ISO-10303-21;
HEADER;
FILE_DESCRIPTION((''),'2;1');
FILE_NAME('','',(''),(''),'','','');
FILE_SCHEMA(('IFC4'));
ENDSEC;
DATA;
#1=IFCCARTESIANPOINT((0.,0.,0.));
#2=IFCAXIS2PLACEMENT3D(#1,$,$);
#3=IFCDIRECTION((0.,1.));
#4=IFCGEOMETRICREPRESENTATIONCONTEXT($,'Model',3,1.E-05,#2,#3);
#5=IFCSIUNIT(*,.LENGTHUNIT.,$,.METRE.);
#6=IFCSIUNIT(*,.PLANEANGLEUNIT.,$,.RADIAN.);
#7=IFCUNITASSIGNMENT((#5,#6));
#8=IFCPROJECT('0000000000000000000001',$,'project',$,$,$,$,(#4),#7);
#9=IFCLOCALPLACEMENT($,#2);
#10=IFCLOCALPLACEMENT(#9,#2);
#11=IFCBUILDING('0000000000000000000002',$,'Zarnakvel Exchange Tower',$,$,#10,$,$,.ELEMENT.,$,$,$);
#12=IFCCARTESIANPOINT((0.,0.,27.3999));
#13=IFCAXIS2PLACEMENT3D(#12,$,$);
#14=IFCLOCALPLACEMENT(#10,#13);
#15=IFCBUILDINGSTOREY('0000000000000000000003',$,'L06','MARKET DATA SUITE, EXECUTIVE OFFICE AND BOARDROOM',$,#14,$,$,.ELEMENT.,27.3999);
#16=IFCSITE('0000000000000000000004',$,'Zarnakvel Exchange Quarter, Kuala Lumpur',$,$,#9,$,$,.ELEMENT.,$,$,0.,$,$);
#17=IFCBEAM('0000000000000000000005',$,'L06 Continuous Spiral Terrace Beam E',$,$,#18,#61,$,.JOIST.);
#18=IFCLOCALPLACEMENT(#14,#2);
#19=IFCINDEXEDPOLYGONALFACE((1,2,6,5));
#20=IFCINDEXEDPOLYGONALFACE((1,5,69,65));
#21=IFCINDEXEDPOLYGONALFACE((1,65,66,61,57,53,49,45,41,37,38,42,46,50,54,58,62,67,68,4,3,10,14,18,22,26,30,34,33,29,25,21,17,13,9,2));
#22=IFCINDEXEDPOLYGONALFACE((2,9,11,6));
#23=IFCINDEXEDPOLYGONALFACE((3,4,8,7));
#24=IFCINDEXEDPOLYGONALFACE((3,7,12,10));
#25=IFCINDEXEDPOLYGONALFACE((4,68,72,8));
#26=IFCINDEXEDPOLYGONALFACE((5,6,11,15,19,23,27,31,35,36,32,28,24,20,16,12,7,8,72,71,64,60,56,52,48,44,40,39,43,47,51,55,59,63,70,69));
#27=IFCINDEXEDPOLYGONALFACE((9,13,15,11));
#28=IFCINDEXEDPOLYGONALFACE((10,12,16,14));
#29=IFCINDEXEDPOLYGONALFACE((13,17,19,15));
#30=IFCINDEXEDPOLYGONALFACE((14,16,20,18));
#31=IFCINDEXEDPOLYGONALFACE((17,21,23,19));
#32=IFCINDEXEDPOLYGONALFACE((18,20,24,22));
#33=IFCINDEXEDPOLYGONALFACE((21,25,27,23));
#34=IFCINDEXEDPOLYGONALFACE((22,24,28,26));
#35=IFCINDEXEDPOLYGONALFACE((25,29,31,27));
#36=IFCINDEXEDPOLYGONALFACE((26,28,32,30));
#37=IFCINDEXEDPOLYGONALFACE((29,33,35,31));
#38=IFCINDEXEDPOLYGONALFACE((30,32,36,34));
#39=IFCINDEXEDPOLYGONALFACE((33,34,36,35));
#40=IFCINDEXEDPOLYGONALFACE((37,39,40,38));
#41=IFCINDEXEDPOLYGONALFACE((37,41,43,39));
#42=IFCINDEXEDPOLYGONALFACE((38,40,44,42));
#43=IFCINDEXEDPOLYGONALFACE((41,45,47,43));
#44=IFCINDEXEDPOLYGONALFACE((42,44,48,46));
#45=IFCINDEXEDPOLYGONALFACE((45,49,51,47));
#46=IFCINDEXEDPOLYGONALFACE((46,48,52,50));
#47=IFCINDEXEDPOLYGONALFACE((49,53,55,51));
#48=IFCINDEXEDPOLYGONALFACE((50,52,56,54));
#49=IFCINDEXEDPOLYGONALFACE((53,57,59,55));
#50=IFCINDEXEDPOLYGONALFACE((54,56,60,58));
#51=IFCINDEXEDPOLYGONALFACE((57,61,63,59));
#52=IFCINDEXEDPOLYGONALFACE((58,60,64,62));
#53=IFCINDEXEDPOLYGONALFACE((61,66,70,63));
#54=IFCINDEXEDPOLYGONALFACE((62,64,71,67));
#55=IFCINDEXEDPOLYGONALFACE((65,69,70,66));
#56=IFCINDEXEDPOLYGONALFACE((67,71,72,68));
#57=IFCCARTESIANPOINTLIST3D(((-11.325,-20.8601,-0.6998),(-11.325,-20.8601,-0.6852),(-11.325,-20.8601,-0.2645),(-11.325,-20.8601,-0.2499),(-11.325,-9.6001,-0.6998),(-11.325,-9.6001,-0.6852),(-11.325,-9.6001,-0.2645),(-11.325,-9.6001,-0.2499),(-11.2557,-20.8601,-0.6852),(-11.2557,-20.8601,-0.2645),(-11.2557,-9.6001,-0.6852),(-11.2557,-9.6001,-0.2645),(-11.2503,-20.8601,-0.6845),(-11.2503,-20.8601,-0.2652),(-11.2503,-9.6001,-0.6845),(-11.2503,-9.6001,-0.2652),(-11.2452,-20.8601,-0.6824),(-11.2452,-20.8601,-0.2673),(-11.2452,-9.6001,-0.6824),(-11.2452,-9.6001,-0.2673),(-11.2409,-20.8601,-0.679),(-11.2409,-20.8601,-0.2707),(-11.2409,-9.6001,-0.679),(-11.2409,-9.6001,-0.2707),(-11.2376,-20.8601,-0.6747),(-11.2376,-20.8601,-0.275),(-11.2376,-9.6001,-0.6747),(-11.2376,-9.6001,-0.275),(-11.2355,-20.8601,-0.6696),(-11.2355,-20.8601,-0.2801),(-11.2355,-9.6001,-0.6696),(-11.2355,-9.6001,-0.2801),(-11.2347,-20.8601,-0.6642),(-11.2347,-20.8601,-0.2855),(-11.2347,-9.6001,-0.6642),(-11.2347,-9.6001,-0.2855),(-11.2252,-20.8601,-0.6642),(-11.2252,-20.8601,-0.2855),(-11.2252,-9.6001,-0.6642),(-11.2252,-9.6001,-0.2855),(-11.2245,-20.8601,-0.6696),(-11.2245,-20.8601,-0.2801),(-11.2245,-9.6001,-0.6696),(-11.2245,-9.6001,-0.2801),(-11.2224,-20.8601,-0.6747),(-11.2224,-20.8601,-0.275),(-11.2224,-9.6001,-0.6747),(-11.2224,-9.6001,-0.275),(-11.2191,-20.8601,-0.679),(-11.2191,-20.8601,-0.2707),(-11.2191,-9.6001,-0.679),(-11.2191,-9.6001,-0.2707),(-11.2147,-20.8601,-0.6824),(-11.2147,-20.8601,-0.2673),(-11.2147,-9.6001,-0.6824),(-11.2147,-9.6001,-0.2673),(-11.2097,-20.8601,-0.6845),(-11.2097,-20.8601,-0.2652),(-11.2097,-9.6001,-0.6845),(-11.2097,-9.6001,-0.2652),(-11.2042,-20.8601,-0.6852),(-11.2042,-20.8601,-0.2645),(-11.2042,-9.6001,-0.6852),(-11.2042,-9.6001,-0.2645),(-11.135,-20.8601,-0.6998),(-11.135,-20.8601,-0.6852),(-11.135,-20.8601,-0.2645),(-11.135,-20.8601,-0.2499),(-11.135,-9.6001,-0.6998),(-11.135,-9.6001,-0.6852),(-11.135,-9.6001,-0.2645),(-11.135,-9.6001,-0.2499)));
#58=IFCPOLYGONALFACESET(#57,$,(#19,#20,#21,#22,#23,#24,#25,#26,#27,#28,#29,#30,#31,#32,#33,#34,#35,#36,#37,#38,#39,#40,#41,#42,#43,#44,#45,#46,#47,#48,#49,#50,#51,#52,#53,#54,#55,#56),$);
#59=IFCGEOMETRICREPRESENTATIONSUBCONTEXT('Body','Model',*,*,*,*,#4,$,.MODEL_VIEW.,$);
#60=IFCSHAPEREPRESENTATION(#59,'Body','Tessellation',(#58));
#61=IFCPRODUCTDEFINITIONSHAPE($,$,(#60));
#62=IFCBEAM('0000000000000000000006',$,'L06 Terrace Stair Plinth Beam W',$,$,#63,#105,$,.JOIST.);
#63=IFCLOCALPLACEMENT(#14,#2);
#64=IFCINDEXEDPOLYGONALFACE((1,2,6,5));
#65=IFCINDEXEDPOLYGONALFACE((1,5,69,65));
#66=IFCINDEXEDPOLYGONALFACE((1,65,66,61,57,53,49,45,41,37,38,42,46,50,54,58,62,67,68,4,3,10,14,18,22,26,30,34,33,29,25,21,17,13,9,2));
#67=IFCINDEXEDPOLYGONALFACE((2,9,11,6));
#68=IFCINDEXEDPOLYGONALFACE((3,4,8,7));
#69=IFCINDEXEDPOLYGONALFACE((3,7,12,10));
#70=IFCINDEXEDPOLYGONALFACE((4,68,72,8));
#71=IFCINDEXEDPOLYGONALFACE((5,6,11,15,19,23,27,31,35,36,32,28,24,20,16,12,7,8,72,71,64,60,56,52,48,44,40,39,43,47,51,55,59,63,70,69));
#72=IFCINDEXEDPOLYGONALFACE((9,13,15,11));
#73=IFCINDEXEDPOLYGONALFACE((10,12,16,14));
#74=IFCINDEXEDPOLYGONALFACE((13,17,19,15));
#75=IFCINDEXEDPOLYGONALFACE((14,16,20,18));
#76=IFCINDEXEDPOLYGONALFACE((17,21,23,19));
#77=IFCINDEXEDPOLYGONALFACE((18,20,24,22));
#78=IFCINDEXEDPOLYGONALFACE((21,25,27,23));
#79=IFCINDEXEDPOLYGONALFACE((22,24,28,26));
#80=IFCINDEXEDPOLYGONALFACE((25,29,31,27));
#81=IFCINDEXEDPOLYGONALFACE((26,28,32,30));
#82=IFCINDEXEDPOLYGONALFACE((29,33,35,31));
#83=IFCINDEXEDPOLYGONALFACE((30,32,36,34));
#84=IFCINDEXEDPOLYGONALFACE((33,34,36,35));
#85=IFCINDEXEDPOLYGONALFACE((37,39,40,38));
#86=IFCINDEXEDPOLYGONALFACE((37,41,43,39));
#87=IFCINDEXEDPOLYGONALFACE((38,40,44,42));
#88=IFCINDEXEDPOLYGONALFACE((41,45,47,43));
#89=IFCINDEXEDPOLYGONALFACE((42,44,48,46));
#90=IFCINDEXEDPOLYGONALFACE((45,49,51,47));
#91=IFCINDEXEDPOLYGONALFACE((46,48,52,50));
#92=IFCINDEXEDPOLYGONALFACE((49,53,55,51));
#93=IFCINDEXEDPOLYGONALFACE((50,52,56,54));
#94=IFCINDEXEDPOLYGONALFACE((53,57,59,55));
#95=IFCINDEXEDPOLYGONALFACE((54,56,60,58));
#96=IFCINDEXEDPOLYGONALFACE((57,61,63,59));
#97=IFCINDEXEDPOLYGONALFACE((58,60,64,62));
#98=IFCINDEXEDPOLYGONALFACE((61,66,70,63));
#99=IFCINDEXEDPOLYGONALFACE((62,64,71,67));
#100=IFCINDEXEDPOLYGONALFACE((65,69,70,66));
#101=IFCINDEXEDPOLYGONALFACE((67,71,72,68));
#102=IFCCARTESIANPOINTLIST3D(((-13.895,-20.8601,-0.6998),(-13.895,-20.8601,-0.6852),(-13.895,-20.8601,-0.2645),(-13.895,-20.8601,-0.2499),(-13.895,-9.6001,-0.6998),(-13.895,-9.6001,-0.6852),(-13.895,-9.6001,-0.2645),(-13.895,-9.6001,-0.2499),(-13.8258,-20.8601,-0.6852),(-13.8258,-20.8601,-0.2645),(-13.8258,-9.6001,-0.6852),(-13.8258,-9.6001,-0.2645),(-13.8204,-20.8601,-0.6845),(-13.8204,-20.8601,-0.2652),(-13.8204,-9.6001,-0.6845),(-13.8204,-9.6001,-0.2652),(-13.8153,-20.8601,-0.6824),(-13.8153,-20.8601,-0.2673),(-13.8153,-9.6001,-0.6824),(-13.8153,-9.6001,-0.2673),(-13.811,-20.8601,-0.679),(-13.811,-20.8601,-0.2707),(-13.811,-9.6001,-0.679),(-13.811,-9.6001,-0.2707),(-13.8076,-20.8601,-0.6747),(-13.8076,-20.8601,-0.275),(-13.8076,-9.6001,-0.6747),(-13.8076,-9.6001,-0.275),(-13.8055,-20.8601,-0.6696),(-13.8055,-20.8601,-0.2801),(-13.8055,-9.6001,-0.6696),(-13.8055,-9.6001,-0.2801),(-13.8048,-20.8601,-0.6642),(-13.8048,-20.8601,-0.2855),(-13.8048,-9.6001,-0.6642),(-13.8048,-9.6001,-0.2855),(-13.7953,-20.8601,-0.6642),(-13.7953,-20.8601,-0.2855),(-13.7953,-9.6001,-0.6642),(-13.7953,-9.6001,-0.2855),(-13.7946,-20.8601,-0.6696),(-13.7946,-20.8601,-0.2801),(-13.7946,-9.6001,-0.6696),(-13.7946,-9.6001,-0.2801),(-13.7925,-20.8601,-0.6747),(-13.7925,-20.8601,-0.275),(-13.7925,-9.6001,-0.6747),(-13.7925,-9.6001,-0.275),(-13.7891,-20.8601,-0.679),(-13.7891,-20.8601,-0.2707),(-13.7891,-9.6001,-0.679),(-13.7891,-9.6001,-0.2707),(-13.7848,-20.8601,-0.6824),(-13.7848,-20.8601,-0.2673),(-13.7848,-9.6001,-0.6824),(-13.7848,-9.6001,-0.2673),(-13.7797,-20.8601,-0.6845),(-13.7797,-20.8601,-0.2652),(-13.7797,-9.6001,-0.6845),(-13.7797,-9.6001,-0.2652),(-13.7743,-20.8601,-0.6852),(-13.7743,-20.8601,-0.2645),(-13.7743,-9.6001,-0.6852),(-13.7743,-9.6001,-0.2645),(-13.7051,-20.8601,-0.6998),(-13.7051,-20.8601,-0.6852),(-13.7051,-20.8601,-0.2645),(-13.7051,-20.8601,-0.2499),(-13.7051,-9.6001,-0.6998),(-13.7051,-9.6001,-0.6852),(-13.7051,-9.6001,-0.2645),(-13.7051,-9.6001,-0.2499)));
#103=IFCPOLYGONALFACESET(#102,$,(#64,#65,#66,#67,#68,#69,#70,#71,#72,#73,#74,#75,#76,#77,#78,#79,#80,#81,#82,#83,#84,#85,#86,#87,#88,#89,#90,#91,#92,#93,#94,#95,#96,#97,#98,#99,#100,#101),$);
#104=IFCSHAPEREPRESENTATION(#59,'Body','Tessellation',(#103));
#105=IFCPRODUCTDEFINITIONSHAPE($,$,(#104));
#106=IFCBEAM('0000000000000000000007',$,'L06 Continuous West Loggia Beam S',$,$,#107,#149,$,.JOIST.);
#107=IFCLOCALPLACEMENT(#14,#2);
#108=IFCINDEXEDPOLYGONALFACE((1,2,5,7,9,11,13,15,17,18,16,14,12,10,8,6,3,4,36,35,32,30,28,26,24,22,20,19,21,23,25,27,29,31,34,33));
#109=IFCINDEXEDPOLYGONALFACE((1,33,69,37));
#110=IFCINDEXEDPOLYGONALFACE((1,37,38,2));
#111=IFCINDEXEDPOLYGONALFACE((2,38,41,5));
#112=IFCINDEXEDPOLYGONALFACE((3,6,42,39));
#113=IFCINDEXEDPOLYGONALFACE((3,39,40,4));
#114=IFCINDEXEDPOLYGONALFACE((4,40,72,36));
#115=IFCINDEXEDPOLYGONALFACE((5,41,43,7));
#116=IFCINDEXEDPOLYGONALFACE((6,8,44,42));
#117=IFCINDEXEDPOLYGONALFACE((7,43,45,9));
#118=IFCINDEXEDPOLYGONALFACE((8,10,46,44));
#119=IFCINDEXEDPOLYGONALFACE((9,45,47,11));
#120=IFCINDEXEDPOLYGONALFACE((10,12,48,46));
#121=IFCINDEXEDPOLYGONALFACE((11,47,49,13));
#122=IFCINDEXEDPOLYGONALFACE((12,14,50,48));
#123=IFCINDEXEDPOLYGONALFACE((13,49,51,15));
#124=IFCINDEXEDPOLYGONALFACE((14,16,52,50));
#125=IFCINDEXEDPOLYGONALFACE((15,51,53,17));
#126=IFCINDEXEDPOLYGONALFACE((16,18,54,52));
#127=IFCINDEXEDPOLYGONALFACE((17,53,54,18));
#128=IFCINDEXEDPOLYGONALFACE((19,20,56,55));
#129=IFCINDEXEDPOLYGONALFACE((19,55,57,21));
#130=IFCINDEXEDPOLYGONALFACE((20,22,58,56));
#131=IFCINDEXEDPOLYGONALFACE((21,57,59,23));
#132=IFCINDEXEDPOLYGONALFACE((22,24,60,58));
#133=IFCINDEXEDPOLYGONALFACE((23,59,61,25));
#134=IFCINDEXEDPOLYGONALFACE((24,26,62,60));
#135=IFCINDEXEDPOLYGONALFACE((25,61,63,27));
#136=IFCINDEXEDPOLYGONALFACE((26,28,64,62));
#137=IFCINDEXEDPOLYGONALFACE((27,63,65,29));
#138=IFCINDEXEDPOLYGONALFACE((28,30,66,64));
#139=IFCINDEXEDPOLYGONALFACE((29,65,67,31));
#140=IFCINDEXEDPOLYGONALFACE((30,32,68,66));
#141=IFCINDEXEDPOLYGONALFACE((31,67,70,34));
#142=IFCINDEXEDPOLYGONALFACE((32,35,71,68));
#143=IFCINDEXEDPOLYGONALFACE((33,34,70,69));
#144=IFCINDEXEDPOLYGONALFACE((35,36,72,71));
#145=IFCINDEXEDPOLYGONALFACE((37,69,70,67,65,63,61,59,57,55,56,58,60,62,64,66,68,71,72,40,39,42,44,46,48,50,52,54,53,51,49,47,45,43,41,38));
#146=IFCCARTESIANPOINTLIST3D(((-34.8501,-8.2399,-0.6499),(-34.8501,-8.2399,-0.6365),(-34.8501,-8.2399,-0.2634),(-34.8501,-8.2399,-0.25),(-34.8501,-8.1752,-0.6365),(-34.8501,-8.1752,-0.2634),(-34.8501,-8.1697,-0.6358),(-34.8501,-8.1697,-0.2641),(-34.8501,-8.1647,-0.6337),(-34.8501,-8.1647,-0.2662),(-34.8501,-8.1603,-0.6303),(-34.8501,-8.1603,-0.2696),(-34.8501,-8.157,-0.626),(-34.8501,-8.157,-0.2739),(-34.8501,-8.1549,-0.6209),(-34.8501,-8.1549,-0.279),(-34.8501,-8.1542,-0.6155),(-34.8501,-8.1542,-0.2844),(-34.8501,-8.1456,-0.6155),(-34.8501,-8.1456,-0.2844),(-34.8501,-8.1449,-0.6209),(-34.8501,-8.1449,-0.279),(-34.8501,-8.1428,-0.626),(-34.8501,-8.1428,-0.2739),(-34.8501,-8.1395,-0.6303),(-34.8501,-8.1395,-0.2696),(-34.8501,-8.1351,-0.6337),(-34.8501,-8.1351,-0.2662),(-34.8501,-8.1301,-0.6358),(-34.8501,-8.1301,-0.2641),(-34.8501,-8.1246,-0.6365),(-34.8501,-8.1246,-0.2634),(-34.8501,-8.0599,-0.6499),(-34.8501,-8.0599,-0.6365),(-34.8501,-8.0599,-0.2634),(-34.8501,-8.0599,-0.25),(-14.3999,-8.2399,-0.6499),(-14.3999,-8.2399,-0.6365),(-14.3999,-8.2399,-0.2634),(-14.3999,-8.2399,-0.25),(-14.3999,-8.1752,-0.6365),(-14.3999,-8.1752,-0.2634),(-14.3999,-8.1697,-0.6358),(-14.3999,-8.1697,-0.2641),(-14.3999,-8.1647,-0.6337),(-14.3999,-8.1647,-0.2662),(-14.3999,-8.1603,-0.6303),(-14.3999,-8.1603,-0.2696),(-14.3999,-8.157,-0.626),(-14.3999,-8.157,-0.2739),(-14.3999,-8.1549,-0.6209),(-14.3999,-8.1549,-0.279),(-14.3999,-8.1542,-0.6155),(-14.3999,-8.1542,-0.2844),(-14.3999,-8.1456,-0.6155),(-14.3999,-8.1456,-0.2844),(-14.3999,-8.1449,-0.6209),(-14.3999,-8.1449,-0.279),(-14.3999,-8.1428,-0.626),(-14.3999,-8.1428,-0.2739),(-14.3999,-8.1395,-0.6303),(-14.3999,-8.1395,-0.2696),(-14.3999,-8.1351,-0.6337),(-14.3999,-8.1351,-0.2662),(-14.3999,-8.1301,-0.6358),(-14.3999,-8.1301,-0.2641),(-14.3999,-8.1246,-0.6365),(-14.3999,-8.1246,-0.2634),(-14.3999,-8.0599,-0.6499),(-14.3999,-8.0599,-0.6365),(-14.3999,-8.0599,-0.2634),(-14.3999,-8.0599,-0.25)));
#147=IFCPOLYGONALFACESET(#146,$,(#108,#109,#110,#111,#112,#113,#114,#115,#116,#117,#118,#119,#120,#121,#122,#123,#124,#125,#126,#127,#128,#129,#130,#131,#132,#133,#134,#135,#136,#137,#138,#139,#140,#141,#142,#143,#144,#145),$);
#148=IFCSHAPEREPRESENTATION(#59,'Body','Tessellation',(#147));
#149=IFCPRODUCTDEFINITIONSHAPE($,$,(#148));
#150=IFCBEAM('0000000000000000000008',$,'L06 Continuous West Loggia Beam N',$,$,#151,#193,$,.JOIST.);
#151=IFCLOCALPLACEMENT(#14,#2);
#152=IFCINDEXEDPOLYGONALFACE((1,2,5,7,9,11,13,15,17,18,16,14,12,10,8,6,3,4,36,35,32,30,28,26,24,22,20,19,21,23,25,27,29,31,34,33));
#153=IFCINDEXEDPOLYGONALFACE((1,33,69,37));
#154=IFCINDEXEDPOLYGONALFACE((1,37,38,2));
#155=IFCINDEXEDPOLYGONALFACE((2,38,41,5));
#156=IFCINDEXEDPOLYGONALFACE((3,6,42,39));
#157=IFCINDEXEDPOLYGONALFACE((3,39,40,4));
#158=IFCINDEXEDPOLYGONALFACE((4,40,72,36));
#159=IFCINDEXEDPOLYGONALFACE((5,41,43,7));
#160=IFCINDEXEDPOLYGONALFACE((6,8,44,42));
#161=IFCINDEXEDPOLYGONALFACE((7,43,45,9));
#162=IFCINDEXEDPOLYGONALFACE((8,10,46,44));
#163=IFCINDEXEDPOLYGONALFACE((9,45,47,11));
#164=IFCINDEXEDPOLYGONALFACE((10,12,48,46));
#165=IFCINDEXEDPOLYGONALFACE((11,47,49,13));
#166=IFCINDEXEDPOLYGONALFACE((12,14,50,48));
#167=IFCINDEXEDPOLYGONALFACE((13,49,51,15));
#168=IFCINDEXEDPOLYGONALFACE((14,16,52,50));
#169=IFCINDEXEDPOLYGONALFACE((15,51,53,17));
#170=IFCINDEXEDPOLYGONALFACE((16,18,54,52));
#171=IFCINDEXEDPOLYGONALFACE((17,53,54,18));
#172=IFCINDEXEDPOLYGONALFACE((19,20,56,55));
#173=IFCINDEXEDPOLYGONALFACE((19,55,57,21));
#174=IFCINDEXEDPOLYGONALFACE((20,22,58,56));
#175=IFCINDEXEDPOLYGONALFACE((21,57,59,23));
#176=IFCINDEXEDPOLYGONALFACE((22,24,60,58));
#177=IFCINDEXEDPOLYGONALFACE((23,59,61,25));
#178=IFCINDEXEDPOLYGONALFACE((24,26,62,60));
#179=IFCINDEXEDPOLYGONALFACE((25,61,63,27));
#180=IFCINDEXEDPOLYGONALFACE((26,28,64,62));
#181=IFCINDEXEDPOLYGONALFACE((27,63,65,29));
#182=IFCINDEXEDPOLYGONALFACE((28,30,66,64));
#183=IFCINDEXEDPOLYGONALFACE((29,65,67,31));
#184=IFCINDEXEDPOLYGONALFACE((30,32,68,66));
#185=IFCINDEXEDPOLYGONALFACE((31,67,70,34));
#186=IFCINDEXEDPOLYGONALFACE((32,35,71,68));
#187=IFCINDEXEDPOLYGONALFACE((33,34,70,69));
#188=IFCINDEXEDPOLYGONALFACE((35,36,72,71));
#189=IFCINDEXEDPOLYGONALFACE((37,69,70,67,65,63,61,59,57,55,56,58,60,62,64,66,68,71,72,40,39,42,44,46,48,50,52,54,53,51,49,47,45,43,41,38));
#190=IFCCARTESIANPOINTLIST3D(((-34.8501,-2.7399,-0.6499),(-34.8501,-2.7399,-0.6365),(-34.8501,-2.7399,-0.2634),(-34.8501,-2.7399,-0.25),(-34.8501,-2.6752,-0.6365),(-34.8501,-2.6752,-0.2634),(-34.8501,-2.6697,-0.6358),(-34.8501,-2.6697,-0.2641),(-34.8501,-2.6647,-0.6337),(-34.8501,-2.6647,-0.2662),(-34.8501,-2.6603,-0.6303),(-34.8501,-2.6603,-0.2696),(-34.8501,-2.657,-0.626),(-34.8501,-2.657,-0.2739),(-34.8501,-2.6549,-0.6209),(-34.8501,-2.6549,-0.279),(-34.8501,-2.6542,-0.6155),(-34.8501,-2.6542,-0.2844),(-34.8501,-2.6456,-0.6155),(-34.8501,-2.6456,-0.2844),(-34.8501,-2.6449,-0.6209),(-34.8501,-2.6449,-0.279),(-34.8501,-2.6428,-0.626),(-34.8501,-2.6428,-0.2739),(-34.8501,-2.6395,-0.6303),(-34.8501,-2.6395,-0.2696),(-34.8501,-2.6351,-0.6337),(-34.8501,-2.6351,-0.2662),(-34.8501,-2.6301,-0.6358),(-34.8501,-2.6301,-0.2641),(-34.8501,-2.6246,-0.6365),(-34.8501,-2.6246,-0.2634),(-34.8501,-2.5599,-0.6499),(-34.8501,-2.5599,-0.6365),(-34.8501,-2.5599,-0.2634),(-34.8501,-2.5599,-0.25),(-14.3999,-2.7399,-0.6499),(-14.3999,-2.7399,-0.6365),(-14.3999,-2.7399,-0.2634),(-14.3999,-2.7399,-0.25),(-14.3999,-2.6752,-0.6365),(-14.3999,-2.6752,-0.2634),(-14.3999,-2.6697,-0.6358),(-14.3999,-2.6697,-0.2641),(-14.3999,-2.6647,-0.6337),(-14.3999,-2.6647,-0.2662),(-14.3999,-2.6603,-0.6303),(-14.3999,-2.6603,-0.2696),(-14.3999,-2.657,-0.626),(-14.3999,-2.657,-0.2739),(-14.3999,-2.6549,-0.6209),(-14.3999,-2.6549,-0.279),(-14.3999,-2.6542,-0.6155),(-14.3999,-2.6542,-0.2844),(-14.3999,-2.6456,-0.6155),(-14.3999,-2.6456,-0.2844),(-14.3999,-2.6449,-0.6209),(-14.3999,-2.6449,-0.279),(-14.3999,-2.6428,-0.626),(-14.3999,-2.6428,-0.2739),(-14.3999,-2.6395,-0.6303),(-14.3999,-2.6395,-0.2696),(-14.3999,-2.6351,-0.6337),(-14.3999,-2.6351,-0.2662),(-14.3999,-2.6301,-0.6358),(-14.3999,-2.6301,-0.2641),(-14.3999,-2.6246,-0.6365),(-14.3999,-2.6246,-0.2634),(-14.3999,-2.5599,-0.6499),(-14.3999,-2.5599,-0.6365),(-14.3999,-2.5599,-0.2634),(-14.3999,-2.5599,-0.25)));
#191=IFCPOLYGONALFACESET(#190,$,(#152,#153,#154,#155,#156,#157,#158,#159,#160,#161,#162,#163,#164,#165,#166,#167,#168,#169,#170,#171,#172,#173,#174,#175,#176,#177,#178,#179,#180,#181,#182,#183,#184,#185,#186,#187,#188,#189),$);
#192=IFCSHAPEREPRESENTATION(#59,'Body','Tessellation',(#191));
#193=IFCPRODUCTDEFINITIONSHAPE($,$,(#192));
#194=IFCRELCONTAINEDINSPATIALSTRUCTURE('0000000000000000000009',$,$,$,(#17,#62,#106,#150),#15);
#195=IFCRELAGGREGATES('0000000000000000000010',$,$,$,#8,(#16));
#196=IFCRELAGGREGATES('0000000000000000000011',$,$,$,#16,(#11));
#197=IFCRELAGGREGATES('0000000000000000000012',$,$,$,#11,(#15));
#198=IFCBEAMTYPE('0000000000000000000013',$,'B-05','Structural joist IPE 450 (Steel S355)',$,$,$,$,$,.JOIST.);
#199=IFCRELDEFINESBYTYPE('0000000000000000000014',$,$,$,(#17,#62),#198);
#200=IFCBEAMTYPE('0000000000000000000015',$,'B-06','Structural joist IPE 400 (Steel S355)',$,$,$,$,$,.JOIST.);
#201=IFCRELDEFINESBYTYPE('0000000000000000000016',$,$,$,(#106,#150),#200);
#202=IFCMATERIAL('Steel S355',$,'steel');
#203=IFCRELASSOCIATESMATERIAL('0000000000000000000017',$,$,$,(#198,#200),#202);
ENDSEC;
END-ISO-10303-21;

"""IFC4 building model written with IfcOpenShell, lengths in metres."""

from ifc_helpers import new_model, si_unit, direction, frame, origin, origin_2d, place, context, subcontext, project, spatial, i_section, extrude, material, material_profile, profile_set, type_object, element, save


model = new_model("IFC4")

# Units and contexts
model_context = context("Model", 3, precision=1e-05, world=origin(), true_north=direction((0.0, 1.0)))
body_context = subcontext(model_context, "Body", "Model", "MODEL_VIEW")
ifc_project = project(units=[si_unit("LENGTHUNIT", "METRE"), si_unit("PLANEANGLEUNIT", "RADIAN")], contexts=[model_context])

# Site, building, storey
site_placement = place(None, origin())
site = spatial("IfcSite", under=ifc_project, at=site_placement, Name="Zarnakvel Exchange Quarter, Kuala Lumpur", CompositionType="ELEMENT", RefElevation=0.0)
building_placement = place(site_placement, origin())
building = spatial("IfcBuilding", under=site, at=building_placement, Name="Zarnakvel Exchange Tower", CompositionType="ELEMENT")
storey_placement = place(building_placement, frame((0.0, 0.0, 27.3999)))
storey = spatial("IfcBuildingStorey", under=building, at=storey_placement, Name="L06", Description="MARKET DATA SUITE, EXECUTIVE OFFICE AND BOARDROOM", CompositionType="ELEMENT", Elevation=27.3999)

# Beams
ifc_material_1 = material(Name="Steel S355", Category="steel")
ifc_material_profile_1 = material_profile(ifc_material_1, i_section(OverallWidth=0.1899, OverallDepth=0.45, WebThickness=0.0095, FlangeThickness=0.0146, FilletRadius=0.021, at=origin_2d()))
ifc_profile_set_1 = profile_set([ifc_material_profile_1], Name="Steel S355")
beam_type_1 = type_object("IfcBeamType", Name="B-05", Description="Structural joist IPE 450 (Steel S355)", PredefinedType="JOIST", material=ifc_profile_set_1)
for number, where, z_axis, x_axis, name in (
    (1, (-11.23, -9.6001, -0.4749), (0.0, -1.0, 0.0), (1.0, 0.0, 0.0), "L06 Continuous Spiral Terrace Beam E"),
    (2, (-13.8, -9.6001, -0.4749), (0.0, -1.0, 0.0), (1.0, 0.0, 0.0), "L06 Terrace Stair Plinth Beam W"),
):
    element("IfcBeam", number, at=place(storey_placement, frame(where, z_axis=z_axis, x_axis=x_axis)), inside=storey, type_object=beam_type_1, Name=name, PredefinedType="JOIST", context=body_context, shape_type="SweptSolid", body=[
        extrude(i_section(OverallWidth=0.1899, OverallDepth=0.45, WebThickness=0.0095, FlangeThickness=0.0146, FilletRadius=0.021, at=origin_2d()), origin(), (0.0, 0.0, 1.0), 11.26),
    ])
ifc_material_profile_2 = material_profile(ifc_material_1, i_section(OverallWidth=0.1799, OverallDepth=0.3999, WebThickness=0.0085, FlangeThickness=0.0134, FilletRadius=0.021, at=origin_2d()))
ifc_profile_set_2 = profile_set([ifc_material_profile_2], Name="Steel S355")
beam_type_2 = type_object("IfcBeamType", Name="B-06", Description="Structural joist IPE 400 (Steel S355)", PredefinedType="JOIST", material=ifc_profile_set_2)
for number, where, z_axis, x_axis, name in (
    (3, (-14.3999, -8.1499, -0.45), (-1.0, 0.0, 0.0), (0.0, -1.0, 0.0), "L06 Continuous West Loggia Beam S"),
    (4, (-14.3999, -2.6499, -0.45), (-1.0, 0.0, 0.0), (0.0, -1.0, 0.0), "L06 Continuous West Loggia Beam N"),
):
    element("IfcBeam", number, at=place(storey_placement, frame(where, z_axis=z_axis, x_axis=x_axis)), inside=storey, type_object=beam_type_2, Name=name, PredefinedType="JOIST", context=body_context, shape_type="SweptSolid", body=[
        extrude(i_section(OverallWidth=0.1799, OverallDepth=0.3999, WebThickness=0.0085, FlangeThickness=0.0134, FilletRadius=0.021, at=origin_2d()), origin(), (0.0, 0.0, 1.0), 20.4502),
    ])

save(model, "model.ifc")
